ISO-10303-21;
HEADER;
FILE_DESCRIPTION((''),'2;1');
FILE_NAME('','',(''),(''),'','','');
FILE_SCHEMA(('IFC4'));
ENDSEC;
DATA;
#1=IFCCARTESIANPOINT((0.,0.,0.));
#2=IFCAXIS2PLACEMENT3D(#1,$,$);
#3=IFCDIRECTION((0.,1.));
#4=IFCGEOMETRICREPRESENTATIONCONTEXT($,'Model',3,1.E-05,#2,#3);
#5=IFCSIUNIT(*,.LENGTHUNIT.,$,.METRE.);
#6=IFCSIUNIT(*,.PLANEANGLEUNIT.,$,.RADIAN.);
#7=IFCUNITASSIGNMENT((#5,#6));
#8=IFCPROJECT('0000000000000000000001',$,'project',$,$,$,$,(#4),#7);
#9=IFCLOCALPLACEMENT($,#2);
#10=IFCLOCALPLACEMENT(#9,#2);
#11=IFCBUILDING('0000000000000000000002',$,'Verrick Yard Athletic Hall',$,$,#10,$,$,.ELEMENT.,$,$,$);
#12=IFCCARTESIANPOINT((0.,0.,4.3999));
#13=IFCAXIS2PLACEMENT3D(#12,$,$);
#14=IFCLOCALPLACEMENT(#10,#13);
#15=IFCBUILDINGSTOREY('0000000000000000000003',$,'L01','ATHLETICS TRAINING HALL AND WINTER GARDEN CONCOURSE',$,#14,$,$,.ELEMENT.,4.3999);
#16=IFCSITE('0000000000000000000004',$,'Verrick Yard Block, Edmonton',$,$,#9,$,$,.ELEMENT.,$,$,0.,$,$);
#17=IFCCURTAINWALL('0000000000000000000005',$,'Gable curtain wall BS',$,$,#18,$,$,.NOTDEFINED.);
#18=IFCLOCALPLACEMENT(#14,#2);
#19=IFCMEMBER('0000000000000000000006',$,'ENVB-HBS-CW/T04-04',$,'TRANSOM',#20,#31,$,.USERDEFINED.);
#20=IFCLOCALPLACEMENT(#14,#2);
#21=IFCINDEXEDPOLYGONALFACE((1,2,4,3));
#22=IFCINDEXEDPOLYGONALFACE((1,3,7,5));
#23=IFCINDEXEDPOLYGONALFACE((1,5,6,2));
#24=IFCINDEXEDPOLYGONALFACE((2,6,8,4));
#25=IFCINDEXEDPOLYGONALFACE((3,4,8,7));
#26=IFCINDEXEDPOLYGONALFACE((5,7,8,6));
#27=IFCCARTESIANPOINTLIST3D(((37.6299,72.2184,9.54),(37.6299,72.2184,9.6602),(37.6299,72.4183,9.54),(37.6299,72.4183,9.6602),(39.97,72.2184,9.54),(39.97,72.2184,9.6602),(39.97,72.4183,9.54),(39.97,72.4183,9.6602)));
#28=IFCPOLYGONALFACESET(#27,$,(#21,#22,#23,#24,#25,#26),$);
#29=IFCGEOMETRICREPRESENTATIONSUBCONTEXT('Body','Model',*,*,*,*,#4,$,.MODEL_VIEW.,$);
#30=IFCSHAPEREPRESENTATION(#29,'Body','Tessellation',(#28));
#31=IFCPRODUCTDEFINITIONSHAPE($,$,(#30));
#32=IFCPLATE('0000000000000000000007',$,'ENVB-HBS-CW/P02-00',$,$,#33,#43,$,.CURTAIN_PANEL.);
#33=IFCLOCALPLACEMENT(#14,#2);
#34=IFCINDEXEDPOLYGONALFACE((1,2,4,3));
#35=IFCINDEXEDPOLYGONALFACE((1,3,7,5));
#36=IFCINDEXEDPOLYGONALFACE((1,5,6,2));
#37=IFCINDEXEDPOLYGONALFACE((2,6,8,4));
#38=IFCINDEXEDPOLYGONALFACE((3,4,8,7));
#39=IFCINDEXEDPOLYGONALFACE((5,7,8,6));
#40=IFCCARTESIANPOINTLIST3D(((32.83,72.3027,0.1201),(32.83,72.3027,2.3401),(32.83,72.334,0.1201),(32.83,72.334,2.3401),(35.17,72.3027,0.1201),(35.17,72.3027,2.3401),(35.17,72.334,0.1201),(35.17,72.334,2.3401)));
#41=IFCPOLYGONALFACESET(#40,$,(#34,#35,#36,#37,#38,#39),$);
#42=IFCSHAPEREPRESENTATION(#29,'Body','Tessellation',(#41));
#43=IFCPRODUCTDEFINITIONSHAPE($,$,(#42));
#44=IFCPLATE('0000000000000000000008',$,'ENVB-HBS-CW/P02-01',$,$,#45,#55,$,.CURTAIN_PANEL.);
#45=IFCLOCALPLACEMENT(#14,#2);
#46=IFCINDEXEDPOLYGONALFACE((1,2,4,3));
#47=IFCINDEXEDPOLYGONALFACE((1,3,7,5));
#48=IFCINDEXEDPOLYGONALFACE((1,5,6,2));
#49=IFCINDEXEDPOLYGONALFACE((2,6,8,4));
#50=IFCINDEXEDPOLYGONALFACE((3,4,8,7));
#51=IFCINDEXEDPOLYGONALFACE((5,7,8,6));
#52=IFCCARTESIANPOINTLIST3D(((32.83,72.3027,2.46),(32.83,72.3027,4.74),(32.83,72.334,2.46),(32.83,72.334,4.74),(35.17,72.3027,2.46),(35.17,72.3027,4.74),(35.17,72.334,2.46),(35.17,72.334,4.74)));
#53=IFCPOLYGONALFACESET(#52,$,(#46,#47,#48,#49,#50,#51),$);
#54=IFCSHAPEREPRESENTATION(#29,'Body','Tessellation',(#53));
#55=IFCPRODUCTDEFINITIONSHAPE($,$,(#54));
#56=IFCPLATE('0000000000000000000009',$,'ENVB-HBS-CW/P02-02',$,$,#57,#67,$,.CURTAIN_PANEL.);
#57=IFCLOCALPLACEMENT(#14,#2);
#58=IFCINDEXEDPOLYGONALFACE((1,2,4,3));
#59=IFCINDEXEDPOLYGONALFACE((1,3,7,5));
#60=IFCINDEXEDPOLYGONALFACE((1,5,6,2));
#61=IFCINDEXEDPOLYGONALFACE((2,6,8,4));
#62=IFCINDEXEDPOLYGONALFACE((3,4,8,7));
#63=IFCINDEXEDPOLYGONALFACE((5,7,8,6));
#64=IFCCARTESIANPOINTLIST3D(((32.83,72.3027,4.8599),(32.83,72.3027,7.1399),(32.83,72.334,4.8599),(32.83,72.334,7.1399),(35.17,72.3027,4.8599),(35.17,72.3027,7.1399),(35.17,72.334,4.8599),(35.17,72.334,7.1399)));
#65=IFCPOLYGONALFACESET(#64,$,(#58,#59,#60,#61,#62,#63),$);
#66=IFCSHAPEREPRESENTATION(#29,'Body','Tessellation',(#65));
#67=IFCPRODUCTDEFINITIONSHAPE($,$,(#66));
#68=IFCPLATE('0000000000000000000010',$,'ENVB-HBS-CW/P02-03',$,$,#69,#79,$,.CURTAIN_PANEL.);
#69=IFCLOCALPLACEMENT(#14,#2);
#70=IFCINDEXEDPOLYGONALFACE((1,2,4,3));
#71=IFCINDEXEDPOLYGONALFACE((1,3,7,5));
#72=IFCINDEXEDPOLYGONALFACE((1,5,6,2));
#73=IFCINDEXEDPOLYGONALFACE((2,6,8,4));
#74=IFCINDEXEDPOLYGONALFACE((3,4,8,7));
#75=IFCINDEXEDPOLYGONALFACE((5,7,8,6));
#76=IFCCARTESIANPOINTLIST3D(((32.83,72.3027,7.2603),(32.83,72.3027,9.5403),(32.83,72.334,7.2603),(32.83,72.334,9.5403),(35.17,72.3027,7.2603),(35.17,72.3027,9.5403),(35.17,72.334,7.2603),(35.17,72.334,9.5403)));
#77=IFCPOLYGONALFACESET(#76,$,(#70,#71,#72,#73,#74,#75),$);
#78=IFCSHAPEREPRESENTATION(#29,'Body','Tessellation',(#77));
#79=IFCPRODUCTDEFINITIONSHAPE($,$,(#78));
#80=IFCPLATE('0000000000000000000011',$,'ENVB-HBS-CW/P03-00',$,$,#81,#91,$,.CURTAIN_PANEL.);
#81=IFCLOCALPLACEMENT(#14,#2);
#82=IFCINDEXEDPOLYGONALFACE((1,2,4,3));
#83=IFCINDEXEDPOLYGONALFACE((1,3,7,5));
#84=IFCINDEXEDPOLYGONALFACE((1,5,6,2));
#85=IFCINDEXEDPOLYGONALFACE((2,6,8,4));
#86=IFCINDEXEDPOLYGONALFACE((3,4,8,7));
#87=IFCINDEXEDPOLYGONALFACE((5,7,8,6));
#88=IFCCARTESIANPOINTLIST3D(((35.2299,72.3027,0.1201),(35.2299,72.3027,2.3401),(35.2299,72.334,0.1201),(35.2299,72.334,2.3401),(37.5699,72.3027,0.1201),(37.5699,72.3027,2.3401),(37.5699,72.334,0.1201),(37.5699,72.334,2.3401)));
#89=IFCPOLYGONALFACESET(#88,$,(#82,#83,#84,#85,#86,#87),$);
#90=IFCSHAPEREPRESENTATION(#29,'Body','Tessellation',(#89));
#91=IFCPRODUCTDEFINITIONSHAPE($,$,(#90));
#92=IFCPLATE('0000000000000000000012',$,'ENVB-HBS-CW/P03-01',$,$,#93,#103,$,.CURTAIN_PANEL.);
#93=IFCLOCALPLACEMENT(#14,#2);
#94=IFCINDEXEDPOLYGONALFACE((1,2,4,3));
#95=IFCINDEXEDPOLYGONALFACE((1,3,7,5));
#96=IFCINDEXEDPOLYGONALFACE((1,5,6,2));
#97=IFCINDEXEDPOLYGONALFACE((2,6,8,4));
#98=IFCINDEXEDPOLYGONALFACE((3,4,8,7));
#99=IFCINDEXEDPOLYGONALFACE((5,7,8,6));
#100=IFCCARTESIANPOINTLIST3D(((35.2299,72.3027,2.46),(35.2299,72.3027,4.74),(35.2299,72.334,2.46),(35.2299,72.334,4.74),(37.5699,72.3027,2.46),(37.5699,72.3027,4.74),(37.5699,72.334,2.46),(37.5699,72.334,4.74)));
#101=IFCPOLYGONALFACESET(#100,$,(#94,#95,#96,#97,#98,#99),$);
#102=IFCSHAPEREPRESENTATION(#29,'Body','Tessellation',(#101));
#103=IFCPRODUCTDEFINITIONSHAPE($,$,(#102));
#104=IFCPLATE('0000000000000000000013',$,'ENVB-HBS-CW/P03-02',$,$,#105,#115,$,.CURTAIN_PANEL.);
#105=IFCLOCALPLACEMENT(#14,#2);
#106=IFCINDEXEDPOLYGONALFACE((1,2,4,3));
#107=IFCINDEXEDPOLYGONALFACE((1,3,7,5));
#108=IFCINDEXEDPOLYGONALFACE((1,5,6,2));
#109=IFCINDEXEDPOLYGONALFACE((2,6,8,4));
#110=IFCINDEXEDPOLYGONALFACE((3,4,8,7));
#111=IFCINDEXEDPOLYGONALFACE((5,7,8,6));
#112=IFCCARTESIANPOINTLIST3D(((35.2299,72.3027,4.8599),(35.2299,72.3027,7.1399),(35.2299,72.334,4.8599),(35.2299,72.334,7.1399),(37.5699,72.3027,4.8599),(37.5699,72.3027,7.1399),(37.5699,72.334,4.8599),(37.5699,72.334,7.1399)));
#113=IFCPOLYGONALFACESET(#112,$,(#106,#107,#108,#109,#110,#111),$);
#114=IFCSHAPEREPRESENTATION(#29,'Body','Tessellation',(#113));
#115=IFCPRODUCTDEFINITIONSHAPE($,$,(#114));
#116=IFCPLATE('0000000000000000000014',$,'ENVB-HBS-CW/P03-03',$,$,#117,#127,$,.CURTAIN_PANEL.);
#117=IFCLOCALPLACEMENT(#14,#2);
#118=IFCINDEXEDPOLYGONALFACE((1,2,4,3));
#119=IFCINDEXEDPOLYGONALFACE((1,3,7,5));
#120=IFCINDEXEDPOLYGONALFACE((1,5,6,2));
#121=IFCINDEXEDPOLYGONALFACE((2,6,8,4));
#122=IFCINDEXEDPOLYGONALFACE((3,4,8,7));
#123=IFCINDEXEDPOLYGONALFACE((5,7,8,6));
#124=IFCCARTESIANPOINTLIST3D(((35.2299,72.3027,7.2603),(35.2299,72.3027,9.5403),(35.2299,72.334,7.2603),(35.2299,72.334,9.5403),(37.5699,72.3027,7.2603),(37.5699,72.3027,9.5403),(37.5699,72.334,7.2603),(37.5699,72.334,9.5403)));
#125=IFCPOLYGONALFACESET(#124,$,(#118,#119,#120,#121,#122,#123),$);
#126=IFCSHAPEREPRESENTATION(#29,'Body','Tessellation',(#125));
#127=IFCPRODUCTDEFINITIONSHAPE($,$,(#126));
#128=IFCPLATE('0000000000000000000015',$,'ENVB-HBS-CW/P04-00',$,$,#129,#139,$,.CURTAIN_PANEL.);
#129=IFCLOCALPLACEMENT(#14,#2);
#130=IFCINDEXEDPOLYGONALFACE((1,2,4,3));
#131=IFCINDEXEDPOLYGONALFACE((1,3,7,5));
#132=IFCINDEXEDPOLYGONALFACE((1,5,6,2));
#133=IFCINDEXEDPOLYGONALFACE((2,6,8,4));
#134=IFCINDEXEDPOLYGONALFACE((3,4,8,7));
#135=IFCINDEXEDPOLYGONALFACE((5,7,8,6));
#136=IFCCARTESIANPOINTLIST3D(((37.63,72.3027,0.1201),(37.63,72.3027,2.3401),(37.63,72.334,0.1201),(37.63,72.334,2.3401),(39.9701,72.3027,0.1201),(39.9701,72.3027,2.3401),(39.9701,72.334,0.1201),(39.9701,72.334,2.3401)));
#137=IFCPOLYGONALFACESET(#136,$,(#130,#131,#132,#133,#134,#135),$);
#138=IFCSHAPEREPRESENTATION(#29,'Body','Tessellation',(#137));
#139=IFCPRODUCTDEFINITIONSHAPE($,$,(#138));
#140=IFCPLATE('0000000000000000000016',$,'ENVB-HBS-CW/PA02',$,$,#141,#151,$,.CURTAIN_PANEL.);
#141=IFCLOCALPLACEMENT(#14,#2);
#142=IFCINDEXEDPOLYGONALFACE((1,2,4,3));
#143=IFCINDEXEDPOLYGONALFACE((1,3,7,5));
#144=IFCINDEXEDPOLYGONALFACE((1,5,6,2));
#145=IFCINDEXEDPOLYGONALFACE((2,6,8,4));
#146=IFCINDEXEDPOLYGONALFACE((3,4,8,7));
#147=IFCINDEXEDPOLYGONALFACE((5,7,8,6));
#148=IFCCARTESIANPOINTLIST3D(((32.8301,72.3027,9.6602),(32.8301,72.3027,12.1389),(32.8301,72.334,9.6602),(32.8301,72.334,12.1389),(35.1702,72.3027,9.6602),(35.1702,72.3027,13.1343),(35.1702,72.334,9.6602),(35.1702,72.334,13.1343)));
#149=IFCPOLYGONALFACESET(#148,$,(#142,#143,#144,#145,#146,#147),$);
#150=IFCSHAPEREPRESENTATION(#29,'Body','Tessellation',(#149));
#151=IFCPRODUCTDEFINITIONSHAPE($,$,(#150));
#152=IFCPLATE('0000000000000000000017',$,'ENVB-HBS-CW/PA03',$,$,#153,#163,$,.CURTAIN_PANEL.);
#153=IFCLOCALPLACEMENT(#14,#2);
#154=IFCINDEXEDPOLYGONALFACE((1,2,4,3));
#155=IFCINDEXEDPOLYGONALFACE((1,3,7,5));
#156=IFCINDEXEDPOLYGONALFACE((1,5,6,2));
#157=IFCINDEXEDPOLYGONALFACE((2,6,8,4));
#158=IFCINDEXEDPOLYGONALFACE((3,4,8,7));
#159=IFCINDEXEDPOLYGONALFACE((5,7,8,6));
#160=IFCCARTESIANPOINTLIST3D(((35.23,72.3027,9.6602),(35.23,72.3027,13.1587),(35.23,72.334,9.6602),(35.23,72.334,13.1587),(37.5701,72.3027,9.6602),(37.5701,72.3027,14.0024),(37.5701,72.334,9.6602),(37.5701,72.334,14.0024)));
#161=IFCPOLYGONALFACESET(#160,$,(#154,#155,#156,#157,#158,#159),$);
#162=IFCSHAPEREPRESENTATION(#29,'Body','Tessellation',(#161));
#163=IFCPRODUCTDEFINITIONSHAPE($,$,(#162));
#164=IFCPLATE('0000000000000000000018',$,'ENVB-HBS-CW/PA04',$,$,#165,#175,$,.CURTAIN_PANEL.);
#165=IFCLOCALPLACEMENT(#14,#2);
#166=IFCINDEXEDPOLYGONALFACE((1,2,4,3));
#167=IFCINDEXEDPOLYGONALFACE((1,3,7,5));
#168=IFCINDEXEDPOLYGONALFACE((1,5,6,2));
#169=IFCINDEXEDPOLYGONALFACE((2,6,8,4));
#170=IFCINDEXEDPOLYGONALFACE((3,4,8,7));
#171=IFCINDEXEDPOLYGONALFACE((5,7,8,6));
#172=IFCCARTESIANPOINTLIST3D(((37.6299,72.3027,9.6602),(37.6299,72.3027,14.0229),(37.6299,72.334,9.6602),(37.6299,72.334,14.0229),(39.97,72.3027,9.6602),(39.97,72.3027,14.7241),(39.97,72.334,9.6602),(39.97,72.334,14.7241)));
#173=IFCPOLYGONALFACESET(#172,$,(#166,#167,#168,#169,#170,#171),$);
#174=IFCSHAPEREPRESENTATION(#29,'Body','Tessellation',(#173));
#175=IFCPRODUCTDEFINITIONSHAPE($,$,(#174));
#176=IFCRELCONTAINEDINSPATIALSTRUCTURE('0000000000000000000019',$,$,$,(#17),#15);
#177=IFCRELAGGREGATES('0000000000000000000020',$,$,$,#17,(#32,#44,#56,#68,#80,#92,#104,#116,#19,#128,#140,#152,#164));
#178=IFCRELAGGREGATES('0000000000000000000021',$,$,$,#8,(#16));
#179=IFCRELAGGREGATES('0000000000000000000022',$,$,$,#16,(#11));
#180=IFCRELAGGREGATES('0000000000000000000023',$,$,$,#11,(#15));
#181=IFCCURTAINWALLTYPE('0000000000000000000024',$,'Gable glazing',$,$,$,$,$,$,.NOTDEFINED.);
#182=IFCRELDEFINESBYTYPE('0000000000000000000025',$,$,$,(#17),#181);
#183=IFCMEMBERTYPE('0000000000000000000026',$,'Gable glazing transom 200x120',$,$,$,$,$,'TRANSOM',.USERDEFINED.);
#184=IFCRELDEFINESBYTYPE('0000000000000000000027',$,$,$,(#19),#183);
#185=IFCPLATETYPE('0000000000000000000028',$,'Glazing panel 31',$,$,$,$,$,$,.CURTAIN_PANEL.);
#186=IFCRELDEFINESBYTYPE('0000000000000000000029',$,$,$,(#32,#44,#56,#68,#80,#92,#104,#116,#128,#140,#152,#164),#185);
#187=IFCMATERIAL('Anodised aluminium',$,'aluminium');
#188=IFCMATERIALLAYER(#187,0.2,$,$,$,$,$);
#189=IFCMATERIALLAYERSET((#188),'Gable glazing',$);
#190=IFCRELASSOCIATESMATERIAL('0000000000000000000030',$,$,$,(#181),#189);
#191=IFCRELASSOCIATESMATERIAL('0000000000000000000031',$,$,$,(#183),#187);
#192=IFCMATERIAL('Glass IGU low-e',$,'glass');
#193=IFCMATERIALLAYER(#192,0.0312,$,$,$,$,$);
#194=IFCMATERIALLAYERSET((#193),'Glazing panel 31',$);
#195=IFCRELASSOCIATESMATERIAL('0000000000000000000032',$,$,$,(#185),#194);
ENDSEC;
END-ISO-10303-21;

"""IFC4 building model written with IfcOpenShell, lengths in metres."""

from ifc_helpers import new_model, si_unit, direction, frame, origin, origin_2d, place, context, subcontext, project, spatial, polyline, rectangle, outline, extrude, material, layer, layer_set, material_profile, profile_set, type_object, element, aggregate, save


model = new_model("IFC4")

# Units and contexts
model_context = context("Model", 3, precision=1e-05, world=origin(), true_north=direction((0.0, 1.0)))
body_context = subcontext(model_context, "Body", "Model", "MODEL_VIEW")
ifc_project = project(units=[si_unit("LENGTHUNIT", "METRE"), si_unit("PLANEANGLEUNIT", "RADIAN")], contexts=[model_context])

# Site, building, storey
site_placement = place(None, origin())
site = spatial("IfcSite", under=ifc_project, at=site_placement, Name="Verrick Yard Block, Edmonton", CompositionType="ELEMENT", RefElevation=0.0)
building_placement = place(site_placement, origin())
building = spatial("IfcBuilding", under=site, at=building_placement, Name="Verrick Yard Athletic Hall", CompositionType="ELEMENT")
storey_placement = place(building_placement, frame((0.0, 0.0, 4.3999)))
storey = spatial("IfcBuildingStorey", under=building, at=storey_placement, Name="L01", Description="ATHLETICS TRAINING HALL AND WINTER GARDEN CONCOURSE", CompositionType="ELEMENT", Elevation=4.3999)

# Curtain wall, member, plates
ifc_material_1 = material(Name="Anodised aluminium", Category="aluminium")
ifc_layer_1 = layer(ifc_material_1, 0.2)
ifc_layer_set_1 = layer_set([ifc_layer_1], Name="Gable glazing")
curtain_wall_type = type_object("IfcCurtainWallType", Name="Gable glazing", PredefinedType="NOTDEFINED", material=ifc_layer_set_1)
curtain_wall_placement = place(storey_placement, origin())
curtain_wall = element("IfcCurtainWall", 1, at=curtain_wall_placement, inside=storey, type_object=curtain_wall_type, Name="Gable curtain wall BS", PredefinedType="NOTDEFINED")
ifc_material_profile_1 = material_profile(ifc_material_1, rectangle(XDim=0.2, YDim=0.1201, at=origin_2d()), Name="CW gable transom 200x120")
ifc_profile_set_1 = profile_set([ifc_material_profile_1], Name="Anodised aluminium")
member_type_1 = type_object("IfcMemberType", Name="Gable glazing transom 200x120", ElementType="TRANSOM", PredefinedType="USERDEFINED", material=ifc_profile_set_1)
member_1_placement = place(storey_placement, frame((37.6299, 72.3184, 9.6001), z_axis=(1.0, 0.0, 0.0), x_axis=(0.0, 1.0, 0.0)))
member_1 = element("IfcMember", 2, at=member_1_placement, type_object=member_type_1, Name="ENVB-HBS-CW/T04-04", ObjectType="TRANSOM", PredefinedType="USERDEFINED", context=body_context, shape_type="SweptSolid", body=[
    extrude(rectangle(XDim=0.2, YDim=0.1201, at=origin_2d()), origin(), (0.0, 0.0, 1.0), 2.3401),
])
ifc_material_2 = material(Name="Glass IGU low-e", Category="glass")
ifc_layer_2 = layer(ifc_material_2, 0.0312)
ifc_layer_set_2 = layer_set([ifc_layer_2], Name="Glazing panel 31")
plate_type = type_object("IfcPlateType", Name="Glazing panel 31", PredefinedType="CURTAIN_PANEL", material=ifc_layer_set_2)
plate_1_placement = place(storey_placement, frame((34.0, 72.3184, 0.1201), z_axis=(0.0, 0.0, 1.0), x_axis=(1.0, 0.0, 0.0)))
plate_1 = element("IfcPlate", 3, at=plate_1_placement, type_object=plate_type, Name="ENVB-HBS-CW/P02-00", PredefinedType="CURTAIN_PANEL", context=body_context, shape_type="SweptSolid", body=[
    extrude(rectangle(XDim=2.3401, YDim=0.0312, at=origin_2d()), origin(), (0.0, 0.0, 1.0), 2.22),
])
plate_2_placement = place(storey_placement, frame((34.0, 72.3184, 2.46), z_axis=(0.0, 0.0, 1.0), x_axis=(1.0, 0.0, 0.0)))
plate_2 = element("IfcPlate", 4, at=plate_2_placement, type_object=plate_type, Name="ENVB-HBS-CW/P02-01", PredefinedType="CURTAIN_PANEL", context=body_context, shape_type="SweptSolid", body=[
    extrude(rectangle(XDim=2.3401, YDim=0.0312, at=origin_2d()), origin(), (0.0, 0.0, 1.0), 2.28),
])
plate_3_placement = place(storey_placement, frame((34.0, 72.3184, 4.8599), z_axis=(0.0, 0.0, 1.0), x_axis=(1.0, 0.0, 0.0)))
plate_3 = element("IfcPlate", 5, at=plate_3_placement, type_object=plate_type, Name="ENVB-HBS-CW/P02-02", PredefinedType="CURTAIN_PANEL", context=body_context, shape_type="SweptSolid", body=[
    extrude(rectangle(XDim=2.3401, YDim=0.0312, at=origin_2d()), origin(), (0.0, 0.0, 1.0), 2.28),
])
plate_4_placement = place(storey_placement, frame((34.0, 72.3184, 7.2603), z_axis=(0.0, 0.0, 1.0), x_axis=(1.0, 0.0, 0.0)))
plate_4 = element("IfcPlate", 6, at=plate_4_placement, type_object=plate_type, Name="ENVB-HBS-CW/P02-03", PredefinedType="CURTAIN_PANEL", context=body_context, shape_type="SweptSolid", body=[
    extrude(rectangle(XDim=2.3401, YDim=0.0312, at=origin_2d()), origin(), (0.0, 0.0, 1.0), 2.28),
])
plate_5_placement = place(storey_placement, frame((36.3999, 72.3184, 0.1201), z_axis=(0.0, 0.0, 1.0), x_axis=(1.0, 0.0, 0.0)))
plate_5 = element("IfcPlate", 7, at=plate_5_placement, type_object=plate_type, Name="ENVB-HBS-CW/P03-00", PredefinedType="CURTAIN_PANEL", context=body_context, shape_type="SweptSolid", body=[
    extrude(rectangle(XDim=2.3401, YDim=0.0312, at=origin_2d()), origin(), (0.0, 0.0, 1.0), 2.22),
])
plate_6_placement = place(storey_placement, frame((36.3999, 72.3184, 2.46), z_axis=(0.0, 0.0, 1.0), x_axis=(1.0, 0.0, 0.0)))
plate_6 = element("IfcPlate", 8, at=plate_6_placement, type_object=plate_type, Name="ENVB-HBS-CW/P03-01", PredefinedType="CURTAIN_PANEL", context=body_context, shape_type="SweptSolid", body=[
    extrude(rectangle(XDim=2.3401, YDim=0.0312, at=origin_2d()), origin(), (0.0, 0.0, 1.0), 2.28),
])
plate_7_placement = place(storey_placement, frame((36.3999, 72.3184, 4.8599), z_axis=(0.0, 0.0, 1.0), x_axis=(1.0, 0.0, 0.0)))
plate_7 = element("IfcPlate", 9, at=plate_7_placement, type_object=plate_type, Name="ENVB-HBS-CW/P03-02", PredefinedType="CURTAIN_PANEL", context=body_context, shape_type="SweptSolid", body=[
    extrude(rectangle(XDim=2.3401, YDim=0.0312, at=origin_2d()), origin(), (0.0, 0.0, 1.0), 2.28),
])
plate_8_placement = place(storey_placement, frame((36.3999, 72.3184, 7.2603), z_axis=(0.0, 0.0, 1.0), x_axis=(1.0, 0.0, 0.0)))
plate_8 = element("IfcPlate", 10, at=plate_8_placement, type_object=plate_type, Name="ENVB-HBS-CW/P03-03", PredefinedType="CURTAIN_PANEL", context=body_context, shape_type="SweptSolid", body=[
    extrude(rectangle(XDim=2.3401, YDim=0.0312, at=origin_2d()), origin(), (0.0, 0.0, 1.0), 2.28),
])
plate_9_placement = place(storey_placement, frame((38.8, 72.3184, 0.1201), z_axis=(0.0, 0.0, 1.0), x_axis=(1.0, 0.0, 0.0)))
plate_9 = element("IfcPlate", 11, at=plate_9_placement, type_object=plate_type, Name="ENVB-HBS-CW/P04-00", PredefinedType="CURTAIN_PANEL", context=body_context, shape_type="SweptSolid", body=[
    extrude(rectangle(XDim=2.3401, YDim=0.0312, at=origin_2d()), origin(), (0.0, 0.0, 1.0), 2.22),
])
plate_10_placement = place(storey_placement, frame((32.8301, 72.3184, 9.6602), z_axis=(0.0, 0.0, 1.0), x_axis=(1.0, 0.0, 0.0)))
plate_10 = element("IfcPlate", 12, at=plate_10_placement, type_object=plate_type, Name="ENVB-HBS-CW/PA02", PredefinedType="CURTAIN_PANEL", context=body_context, shape_type="SweptSolid", body=[
    extrude(outline(polyline([(0.0, 2.4788), (2.3401, 3.4741), (2.3401, 0.0), (0.0, 0.0), (0.0, 2.4788)])), frame((0.0, 0.0156, 0.0), z_axis=(0.0, -1.0, 0.0), x_axis=(1.0, 0.0, 0.0)), (0.0, 0.0, 1.0), 0.0312),
])
plate_11_placement = place(storey_placement, frame((35.23, 72.3184, 9.6602), z_axis=(0.0, 0.0, 1.0), x_axis=(1.0, 0.0, 0.0)))
plate_11 = element("IfcPlate", 13, at=plate_11_placement, type_object=plate_type, Name="ENVB-HBS-CW/PA03", PredefinedType="CURTAIN_PANEL", context=body_context, shape_type="SweptSolid", body=[
    extrude(outline(polyline([(0.0, 3.4985), (2.3401, 4.3423), (2.3401, 0.0), (0.0, 0.0), (0.0, 3.4985)])), frame((0.0, 0.0156, 0.0), z_axis=(0.0, -1.0, 0.0), x_axis=(1.0, 0.0, 0.0)), (0.0, 0.0, 1.0), 0.0312),
])
plate_12_placement = place(storey_placement, frame((37.6299, 72.3184, 9.6602), z_axis=(0.0, 0.0, 1.0), x_axis=(1.0, 0.0, 0.0)))
plate_12 = element("IfcPlate", 14, at=plate_12_placement, type_object=plate_type, Name="ENVB-HBS-CW/PA04", PredefinedType="CURTAIN_PANEL", context=body_context, shape_type="SweptSolid", body=[
    extrude(outline(polyline([(0.0, 4.3628), (2.3401, 5.064), (2.3401, 0.0), (0.0, 0.0), (0.0, 4.3628)])), frame((0.0, 0.0156, 0.0), z_axis=(0.0, -1.0, 0.0), x_axis=(1.0, 0.0, 0.0)), (0.0, 0.0, 1.0), 0.0312),
])
aggregate(curtain_wall, [plate_1, plate_2, plate_3, plate_4, plate_5, plate_6, plate_7, plate_8, member_1, plate_9, plate_10, plate_11, plate_12])

save(model, "model.ifc")
